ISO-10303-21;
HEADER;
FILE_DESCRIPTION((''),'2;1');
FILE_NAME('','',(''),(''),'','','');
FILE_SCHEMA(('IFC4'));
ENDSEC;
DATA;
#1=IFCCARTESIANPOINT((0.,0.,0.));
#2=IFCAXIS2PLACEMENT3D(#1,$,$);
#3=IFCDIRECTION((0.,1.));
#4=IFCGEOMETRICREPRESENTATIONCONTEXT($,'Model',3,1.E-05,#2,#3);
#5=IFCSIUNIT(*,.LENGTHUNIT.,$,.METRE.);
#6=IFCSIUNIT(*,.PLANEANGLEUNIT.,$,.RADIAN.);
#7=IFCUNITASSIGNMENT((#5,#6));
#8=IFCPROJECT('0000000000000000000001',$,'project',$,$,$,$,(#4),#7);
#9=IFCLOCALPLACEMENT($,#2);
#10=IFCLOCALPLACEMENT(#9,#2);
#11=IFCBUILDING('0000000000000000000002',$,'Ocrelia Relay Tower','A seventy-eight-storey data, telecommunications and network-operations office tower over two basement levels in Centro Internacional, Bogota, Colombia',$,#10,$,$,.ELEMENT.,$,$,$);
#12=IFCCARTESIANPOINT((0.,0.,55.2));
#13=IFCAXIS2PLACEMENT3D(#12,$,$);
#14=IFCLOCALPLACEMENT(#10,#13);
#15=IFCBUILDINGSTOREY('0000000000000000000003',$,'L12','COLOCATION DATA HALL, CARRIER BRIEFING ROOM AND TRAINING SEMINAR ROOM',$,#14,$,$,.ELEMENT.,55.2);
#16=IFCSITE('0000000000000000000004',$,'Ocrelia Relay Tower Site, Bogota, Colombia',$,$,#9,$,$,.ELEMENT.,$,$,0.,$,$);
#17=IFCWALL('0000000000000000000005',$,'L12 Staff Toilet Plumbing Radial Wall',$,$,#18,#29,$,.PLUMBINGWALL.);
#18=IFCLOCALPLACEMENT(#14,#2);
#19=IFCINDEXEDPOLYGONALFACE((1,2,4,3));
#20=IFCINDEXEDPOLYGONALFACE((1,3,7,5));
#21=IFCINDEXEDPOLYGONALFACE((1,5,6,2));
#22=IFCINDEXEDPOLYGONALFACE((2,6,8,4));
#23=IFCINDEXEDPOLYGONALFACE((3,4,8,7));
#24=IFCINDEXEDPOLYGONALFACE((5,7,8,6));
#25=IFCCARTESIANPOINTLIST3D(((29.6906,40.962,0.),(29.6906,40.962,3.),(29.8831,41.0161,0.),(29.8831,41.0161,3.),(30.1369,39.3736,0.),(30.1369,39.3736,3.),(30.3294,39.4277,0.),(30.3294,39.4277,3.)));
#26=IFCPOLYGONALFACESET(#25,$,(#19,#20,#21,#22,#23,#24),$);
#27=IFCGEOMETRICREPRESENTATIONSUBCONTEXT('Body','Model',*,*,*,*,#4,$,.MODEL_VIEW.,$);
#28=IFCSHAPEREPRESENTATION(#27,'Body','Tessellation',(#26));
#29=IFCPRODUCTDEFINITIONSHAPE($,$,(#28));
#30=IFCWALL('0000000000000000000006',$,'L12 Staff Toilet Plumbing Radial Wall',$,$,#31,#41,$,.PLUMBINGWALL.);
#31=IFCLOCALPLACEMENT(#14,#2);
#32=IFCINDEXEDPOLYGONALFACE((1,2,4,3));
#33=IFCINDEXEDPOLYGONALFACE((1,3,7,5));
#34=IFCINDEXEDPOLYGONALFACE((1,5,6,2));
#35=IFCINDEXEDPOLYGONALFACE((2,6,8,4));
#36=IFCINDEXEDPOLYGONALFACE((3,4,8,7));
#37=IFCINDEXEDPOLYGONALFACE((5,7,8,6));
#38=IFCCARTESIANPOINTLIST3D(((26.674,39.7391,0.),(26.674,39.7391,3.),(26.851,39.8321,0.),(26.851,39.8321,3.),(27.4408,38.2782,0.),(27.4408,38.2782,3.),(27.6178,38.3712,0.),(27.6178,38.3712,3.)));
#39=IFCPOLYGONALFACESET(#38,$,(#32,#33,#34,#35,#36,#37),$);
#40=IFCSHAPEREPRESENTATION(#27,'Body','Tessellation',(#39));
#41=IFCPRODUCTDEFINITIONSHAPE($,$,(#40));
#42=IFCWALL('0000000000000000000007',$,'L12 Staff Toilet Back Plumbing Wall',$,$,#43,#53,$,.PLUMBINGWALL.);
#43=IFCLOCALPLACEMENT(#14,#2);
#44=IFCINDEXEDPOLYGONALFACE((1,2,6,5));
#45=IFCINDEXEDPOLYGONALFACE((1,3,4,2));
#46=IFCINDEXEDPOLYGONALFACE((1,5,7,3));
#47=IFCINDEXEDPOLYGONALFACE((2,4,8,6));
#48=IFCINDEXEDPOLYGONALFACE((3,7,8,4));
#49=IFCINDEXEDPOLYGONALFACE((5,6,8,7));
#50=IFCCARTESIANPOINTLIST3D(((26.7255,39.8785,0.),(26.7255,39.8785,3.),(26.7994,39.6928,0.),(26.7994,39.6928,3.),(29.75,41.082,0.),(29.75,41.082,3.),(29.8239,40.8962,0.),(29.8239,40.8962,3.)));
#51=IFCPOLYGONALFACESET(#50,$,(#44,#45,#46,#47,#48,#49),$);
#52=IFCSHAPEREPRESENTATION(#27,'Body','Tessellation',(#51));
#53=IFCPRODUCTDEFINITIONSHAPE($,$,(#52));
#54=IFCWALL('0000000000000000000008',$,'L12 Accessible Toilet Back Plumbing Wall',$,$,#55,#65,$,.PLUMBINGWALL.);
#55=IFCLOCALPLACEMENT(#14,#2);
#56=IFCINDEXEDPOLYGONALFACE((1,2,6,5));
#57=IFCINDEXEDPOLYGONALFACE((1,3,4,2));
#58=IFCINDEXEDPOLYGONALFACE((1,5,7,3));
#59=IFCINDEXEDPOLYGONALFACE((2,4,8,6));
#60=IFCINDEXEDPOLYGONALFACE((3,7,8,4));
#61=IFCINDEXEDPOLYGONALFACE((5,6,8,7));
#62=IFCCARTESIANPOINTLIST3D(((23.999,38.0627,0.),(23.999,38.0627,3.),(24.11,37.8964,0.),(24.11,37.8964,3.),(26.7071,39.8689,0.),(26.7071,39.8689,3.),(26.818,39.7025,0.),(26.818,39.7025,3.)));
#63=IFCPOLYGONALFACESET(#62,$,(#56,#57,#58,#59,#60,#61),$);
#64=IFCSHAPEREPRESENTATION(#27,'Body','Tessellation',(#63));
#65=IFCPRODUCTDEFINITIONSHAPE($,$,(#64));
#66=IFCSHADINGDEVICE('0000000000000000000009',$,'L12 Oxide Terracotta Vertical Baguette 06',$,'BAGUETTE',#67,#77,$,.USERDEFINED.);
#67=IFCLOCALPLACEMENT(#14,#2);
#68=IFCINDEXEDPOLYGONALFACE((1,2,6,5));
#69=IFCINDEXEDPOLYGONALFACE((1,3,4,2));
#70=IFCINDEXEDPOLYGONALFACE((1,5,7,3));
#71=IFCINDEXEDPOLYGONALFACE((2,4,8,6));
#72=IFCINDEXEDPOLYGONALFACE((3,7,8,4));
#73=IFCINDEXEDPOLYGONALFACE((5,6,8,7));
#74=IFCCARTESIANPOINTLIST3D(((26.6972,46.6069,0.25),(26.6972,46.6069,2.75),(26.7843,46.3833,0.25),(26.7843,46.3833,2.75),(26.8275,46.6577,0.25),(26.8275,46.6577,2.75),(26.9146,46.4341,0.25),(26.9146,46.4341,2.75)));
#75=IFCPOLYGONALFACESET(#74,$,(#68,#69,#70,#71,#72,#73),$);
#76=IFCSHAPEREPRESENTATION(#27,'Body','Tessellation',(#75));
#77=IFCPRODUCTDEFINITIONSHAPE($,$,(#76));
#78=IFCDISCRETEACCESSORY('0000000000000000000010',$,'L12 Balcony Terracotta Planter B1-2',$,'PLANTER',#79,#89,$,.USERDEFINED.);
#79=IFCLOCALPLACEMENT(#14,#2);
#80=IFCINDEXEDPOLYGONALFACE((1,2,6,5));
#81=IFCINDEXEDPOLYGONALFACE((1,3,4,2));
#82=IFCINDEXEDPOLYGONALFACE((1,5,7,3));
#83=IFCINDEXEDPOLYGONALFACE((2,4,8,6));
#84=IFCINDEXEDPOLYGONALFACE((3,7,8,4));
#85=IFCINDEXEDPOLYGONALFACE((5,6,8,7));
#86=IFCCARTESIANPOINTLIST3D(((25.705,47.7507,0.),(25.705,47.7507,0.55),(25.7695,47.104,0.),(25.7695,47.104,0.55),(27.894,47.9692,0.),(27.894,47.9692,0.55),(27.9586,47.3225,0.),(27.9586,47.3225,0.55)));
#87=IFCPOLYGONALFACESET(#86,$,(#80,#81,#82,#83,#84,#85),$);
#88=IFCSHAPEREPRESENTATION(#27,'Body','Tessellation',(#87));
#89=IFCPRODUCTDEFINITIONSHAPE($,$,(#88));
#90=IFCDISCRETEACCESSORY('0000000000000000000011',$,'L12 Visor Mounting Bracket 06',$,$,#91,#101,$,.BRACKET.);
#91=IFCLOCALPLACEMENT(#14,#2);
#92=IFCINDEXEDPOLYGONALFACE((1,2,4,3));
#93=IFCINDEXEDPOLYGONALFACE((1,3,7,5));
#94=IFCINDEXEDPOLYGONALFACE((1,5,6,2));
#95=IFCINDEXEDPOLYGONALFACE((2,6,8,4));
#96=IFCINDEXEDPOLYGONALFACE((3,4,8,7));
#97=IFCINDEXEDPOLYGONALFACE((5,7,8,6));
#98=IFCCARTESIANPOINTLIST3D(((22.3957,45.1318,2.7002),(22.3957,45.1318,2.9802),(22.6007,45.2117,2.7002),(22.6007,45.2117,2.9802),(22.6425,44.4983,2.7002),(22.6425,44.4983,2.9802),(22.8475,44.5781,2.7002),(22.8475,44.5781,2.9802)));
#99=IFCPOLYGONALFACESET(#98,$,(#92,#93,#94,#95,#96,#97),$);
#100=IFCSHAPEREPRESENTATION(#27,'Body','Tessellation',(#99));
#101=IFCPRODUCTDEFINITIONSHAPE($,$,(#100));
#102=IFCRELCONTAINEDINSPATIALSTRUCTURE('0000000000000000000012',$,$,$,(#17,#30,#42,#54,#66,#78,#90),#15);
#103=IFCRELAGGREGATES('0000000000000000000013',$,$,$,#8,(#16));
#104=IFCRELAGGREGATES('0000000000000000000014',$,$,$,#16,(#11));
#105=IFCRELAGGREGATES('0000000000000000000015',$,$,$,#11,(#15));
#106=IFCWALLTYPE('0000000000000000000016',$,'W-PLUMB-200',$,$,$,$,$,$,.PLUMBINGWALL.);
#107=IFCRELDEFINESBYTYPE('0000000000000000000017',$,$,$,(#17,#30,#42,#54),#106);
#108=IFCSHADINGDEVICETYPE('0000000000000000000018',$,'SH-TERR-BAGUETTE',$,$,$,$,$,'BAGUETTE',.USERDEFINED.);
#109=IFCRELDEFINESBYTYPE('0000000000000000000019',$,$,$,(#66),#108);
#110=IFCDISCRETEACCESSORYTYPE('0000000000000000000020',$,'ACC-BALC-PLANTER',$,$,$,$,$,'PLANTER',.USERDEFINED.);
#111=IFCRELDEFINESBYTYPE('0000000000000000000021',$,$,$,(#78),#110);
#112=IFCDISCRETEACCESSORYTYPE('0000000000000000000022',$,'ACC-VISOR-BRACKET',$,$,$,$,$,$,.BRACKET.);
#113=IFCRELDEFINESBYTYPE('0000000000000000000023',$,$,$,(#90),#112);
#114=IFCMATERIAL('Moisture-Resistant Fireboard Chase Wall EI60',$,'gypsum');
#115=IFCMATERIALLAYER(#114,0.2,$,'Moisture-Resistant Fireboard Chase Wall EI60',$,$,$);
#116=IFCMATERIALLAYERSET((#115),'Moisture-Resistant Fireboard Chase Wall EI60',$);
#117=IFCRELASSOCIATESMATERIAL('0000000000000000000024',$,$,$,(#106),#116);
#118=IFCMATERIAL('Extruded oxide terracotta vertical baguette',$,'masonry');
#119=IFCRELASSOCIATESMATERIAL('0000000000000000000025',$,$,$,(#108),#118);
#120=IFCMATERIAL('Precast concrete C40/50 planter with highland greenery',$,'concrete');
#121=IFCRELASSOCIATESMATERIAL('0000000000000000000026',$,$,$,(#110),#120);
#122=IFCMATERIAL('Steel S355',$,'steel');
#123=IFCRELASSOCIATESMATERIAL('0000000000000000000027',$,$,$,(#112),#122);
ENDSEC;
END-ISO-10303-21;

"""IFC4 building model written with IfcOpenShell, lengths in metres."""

from ifc_helpers import new_model, si_unit, direction, frame, frame_2d, origin, origin_2d, place, context, subcontext, project, spatial, rectangle, extrude, material, layer, layer_set, type_object, element, save


model = new_model("IFC4")

# Units and contexts
model_context = context("Model", 3, precision=1e-05, world=origin(), true_north=direction((0.0, 1.0)))
body_context = subcontext(model_context, "Body", "Model", "MODEL_VIEW")
ifc_project = project(units=[si_unit("LENGTHUNIT", "METRE"), si_unit("PLANEANGLEUNIT", "RADIAN")], contexts=[model_context])

# Site, building, storey
site_placement = place(None, origin())
site = spatial("IfcSite", under=ifc_project, at=site_placement, Name="Ocrelia Relay Tower Site, Bogota, Colombia", CompositionType="ELEMENT", RefElevation=0.0)
building_placement = place(site_placement, origin())
building = spatial("IfcBuilding", under=site, at=building_placement, Name="Ocrelia Relay Tower", Description="A seventy-eight-storey data, telecommunications and network-operations office tower over two basement levels in Centro Internacional, Bogota, Colombia", CompositionType="ELEMENT")
storey_placement = place(building_placement, frame((0.0, 0.0, 55.2)))
storey = spatial("IfcBuildingStorey", under=building, at=storey_placement, Name="L12", Description="COLOCATION DATA HALL, CARRIER BRIEFING ROOM AND TRAINING SEMINAR ROOM", CompositionType="ELEMENT", Elevation=55.2)

# Shared definitions
ifc_material_1 = material(Name="Steel S355", Category="steel")

# Walls
ifc_material_2 = material(Name="Moisture-Resistant Fireboard Chase Wall EI60", Category="gypsum")
ifc_layer_1 = layer(ifc_material_2, 0.2, Name="Moisture-Resistant Fireboard Chase Wall EI60")
ifc_layer_set_1 = layer_set([ifc_layer_1], Name="Moisture-Resistant Fireboard Chase Wall EI60")
wall_type_1 = type_object("IfcWallType", Name="W-PLUMB-200", PredefinedType="PLUMBINGWALL", material=ifc_layer_set_1)
for number, where, z_axis, x_axis, name in (
    (1, (30.2332, 39.4006, 0.0), (0.0, 0.0, 1.0), (-0.270497, 0.962721, 0.0), "L12 Staff Toilet Plumbing Radial Wall"),
    (2, (27.5293, 38.3247, 0.0), (0.0, 0.0, 1.0), (-0.464764, 0.885434, 0.0), "L12 Staff Toilet Plumbing Radial Wall"),
):
    element("IfcWall", number, at=place(storey_placement, frame(where, z_axis=z_axis, x_axis=x_axis)), inside=storey, type_object=wall_type_1, Name=name, PredefinedType="PLUMBINGWALL", context=body_context, shape_type="SweptSolid", body=[
        extrude(rectangle(XDim=1.6499, YDim=0.2, at=frame_2d((0.825, 0.0))), origin(), (0.0, 0.0, 1.0), 3.0),
    ])
for number, where, z_axis, x_axis, name in (
    (3, (29.7869, 40.989, 0.0), (0.0, 0.0, 1.0), (-0.929153, -0.369696, 0.0), "L12 Staff Toilet Back Plumbing Wall"),
    (4, (26.7625, 39.7856, 0.0), (0.0, 0.0, 1.0), (-0.831935, -0.554873, 0.0), "L12 Accessible Toilet Back Plumbing Wall"),
):
    element("IfcWall", number, at=place(storey_placement, frame(where, z_axis=z_axis, x_axis=x_axis)), inside=storey, type_object=wall_type_1, Name=name, PredefinedType="PLUMBINGWALL", context=body_context, shape_type="SweptSolid", body=[
        extrude(rectangle(XDim=3.2551, YDim=0.2, at=frame_2d((1.6274, 0.0))), origin(), (0.0, 0.0, 1.0), 3.0),
    ])

# Shading device
ifc_material_3 = material(Name="Extruded oxide terracotta vertical baguette", Category="masonry")
shading_device_type = type_object("IfcShadingDeviceType", Name="SH-TERR-BAGUETTE", ElementType="BAGUETTE", PredefinedType="USERDEFINED", material=ifc_material_3)
shading_device_placement = place(storey_placement, frame((26.8059, 46.5205, 0.25), z_axis=(0.0, 0.0, 1.0), x_axis=(-0.931807, -0.362955, 0.0)))
element("IfcShadingDevice", 5, at=shading_device_placement, inside=storey, type_object=shading_device_type, Name="L12 Oxide Terracotta Vertical Baguette 06", ObjectType="BAGUETTE", PredefinedType="USERDEFINED", context=body_context, shape_type="SweptSolid", body=[
    extrude(rectangle(XDim=0.1399, YDim=0.24, at=origin_2d()), origin(), (0.0, 0.0, 1.0), 2.5),
])

# Discrete accessories
ifc_material_4 = material(Name="Precast concrete C40/50 planter with highland greenery", Category="concrete")
discrete_accessory_type_1 = type_object("IfcDiscreteAccessoryType", Name="ACC-BALC-PLANTER", ElementType="PLANTER", PredefinedType="USERDEFINED", material=ifc_material_4)
discrete_accessory_1_placement = place(storey_placement, frame((26.8318, 47.5366, 0.0), z_axis=(0.0, 0.0, 1.0), x_axis=(0.995055, 0.099323, 0.0)))
element("IfcDiscreteAccessory", 6, at=discrete_accessory_1_placement, inside=storey, type_object=discrete_accessory_type_1, Name="L12 Balcony Terracotta Planter B1-2", ObjectType="PLANTER", PredefinedType="USERDEFINED", context=body_context, shape_type="SweptSolid", body=[
    extrude(rectangle(XDim=2.2, YDim=0.6499, at=origin_2d()), origin(), (0.0, 0.0, 1.0), 0.55),
])
discrete_accessory_type_2 = type_object("IfcDiscreteAccessoryType", Name="ACC-VISOR-BRACKET", PredefinedType="BRACKET", material=ifc_material_1)
discrete_accessory_2_placement = place(storey_placement, frame((22.6216, 44.855, 2.7002), z_axis=(0.0, 0.0, 1.0), x_axis=(-0.931807, -0.362955, 0.0)))
element("IfcDiscreteAccessory", 7, at=discrete_accessory_2_placement, inside=storey, type_object=discrete_accessory_type_2, Name="L12 Visor Mounting Bracket 06", PredefinedType="BRACKET", context=body_context, shape_type="SweptSolid", body=[
    extrude(rectangle(XDim=0.22, YDim=0.6799, at=origin_2d()), origin(), (0.0, 0.0, 1.0), 0.28),
])

save(model, "model.ifc")
